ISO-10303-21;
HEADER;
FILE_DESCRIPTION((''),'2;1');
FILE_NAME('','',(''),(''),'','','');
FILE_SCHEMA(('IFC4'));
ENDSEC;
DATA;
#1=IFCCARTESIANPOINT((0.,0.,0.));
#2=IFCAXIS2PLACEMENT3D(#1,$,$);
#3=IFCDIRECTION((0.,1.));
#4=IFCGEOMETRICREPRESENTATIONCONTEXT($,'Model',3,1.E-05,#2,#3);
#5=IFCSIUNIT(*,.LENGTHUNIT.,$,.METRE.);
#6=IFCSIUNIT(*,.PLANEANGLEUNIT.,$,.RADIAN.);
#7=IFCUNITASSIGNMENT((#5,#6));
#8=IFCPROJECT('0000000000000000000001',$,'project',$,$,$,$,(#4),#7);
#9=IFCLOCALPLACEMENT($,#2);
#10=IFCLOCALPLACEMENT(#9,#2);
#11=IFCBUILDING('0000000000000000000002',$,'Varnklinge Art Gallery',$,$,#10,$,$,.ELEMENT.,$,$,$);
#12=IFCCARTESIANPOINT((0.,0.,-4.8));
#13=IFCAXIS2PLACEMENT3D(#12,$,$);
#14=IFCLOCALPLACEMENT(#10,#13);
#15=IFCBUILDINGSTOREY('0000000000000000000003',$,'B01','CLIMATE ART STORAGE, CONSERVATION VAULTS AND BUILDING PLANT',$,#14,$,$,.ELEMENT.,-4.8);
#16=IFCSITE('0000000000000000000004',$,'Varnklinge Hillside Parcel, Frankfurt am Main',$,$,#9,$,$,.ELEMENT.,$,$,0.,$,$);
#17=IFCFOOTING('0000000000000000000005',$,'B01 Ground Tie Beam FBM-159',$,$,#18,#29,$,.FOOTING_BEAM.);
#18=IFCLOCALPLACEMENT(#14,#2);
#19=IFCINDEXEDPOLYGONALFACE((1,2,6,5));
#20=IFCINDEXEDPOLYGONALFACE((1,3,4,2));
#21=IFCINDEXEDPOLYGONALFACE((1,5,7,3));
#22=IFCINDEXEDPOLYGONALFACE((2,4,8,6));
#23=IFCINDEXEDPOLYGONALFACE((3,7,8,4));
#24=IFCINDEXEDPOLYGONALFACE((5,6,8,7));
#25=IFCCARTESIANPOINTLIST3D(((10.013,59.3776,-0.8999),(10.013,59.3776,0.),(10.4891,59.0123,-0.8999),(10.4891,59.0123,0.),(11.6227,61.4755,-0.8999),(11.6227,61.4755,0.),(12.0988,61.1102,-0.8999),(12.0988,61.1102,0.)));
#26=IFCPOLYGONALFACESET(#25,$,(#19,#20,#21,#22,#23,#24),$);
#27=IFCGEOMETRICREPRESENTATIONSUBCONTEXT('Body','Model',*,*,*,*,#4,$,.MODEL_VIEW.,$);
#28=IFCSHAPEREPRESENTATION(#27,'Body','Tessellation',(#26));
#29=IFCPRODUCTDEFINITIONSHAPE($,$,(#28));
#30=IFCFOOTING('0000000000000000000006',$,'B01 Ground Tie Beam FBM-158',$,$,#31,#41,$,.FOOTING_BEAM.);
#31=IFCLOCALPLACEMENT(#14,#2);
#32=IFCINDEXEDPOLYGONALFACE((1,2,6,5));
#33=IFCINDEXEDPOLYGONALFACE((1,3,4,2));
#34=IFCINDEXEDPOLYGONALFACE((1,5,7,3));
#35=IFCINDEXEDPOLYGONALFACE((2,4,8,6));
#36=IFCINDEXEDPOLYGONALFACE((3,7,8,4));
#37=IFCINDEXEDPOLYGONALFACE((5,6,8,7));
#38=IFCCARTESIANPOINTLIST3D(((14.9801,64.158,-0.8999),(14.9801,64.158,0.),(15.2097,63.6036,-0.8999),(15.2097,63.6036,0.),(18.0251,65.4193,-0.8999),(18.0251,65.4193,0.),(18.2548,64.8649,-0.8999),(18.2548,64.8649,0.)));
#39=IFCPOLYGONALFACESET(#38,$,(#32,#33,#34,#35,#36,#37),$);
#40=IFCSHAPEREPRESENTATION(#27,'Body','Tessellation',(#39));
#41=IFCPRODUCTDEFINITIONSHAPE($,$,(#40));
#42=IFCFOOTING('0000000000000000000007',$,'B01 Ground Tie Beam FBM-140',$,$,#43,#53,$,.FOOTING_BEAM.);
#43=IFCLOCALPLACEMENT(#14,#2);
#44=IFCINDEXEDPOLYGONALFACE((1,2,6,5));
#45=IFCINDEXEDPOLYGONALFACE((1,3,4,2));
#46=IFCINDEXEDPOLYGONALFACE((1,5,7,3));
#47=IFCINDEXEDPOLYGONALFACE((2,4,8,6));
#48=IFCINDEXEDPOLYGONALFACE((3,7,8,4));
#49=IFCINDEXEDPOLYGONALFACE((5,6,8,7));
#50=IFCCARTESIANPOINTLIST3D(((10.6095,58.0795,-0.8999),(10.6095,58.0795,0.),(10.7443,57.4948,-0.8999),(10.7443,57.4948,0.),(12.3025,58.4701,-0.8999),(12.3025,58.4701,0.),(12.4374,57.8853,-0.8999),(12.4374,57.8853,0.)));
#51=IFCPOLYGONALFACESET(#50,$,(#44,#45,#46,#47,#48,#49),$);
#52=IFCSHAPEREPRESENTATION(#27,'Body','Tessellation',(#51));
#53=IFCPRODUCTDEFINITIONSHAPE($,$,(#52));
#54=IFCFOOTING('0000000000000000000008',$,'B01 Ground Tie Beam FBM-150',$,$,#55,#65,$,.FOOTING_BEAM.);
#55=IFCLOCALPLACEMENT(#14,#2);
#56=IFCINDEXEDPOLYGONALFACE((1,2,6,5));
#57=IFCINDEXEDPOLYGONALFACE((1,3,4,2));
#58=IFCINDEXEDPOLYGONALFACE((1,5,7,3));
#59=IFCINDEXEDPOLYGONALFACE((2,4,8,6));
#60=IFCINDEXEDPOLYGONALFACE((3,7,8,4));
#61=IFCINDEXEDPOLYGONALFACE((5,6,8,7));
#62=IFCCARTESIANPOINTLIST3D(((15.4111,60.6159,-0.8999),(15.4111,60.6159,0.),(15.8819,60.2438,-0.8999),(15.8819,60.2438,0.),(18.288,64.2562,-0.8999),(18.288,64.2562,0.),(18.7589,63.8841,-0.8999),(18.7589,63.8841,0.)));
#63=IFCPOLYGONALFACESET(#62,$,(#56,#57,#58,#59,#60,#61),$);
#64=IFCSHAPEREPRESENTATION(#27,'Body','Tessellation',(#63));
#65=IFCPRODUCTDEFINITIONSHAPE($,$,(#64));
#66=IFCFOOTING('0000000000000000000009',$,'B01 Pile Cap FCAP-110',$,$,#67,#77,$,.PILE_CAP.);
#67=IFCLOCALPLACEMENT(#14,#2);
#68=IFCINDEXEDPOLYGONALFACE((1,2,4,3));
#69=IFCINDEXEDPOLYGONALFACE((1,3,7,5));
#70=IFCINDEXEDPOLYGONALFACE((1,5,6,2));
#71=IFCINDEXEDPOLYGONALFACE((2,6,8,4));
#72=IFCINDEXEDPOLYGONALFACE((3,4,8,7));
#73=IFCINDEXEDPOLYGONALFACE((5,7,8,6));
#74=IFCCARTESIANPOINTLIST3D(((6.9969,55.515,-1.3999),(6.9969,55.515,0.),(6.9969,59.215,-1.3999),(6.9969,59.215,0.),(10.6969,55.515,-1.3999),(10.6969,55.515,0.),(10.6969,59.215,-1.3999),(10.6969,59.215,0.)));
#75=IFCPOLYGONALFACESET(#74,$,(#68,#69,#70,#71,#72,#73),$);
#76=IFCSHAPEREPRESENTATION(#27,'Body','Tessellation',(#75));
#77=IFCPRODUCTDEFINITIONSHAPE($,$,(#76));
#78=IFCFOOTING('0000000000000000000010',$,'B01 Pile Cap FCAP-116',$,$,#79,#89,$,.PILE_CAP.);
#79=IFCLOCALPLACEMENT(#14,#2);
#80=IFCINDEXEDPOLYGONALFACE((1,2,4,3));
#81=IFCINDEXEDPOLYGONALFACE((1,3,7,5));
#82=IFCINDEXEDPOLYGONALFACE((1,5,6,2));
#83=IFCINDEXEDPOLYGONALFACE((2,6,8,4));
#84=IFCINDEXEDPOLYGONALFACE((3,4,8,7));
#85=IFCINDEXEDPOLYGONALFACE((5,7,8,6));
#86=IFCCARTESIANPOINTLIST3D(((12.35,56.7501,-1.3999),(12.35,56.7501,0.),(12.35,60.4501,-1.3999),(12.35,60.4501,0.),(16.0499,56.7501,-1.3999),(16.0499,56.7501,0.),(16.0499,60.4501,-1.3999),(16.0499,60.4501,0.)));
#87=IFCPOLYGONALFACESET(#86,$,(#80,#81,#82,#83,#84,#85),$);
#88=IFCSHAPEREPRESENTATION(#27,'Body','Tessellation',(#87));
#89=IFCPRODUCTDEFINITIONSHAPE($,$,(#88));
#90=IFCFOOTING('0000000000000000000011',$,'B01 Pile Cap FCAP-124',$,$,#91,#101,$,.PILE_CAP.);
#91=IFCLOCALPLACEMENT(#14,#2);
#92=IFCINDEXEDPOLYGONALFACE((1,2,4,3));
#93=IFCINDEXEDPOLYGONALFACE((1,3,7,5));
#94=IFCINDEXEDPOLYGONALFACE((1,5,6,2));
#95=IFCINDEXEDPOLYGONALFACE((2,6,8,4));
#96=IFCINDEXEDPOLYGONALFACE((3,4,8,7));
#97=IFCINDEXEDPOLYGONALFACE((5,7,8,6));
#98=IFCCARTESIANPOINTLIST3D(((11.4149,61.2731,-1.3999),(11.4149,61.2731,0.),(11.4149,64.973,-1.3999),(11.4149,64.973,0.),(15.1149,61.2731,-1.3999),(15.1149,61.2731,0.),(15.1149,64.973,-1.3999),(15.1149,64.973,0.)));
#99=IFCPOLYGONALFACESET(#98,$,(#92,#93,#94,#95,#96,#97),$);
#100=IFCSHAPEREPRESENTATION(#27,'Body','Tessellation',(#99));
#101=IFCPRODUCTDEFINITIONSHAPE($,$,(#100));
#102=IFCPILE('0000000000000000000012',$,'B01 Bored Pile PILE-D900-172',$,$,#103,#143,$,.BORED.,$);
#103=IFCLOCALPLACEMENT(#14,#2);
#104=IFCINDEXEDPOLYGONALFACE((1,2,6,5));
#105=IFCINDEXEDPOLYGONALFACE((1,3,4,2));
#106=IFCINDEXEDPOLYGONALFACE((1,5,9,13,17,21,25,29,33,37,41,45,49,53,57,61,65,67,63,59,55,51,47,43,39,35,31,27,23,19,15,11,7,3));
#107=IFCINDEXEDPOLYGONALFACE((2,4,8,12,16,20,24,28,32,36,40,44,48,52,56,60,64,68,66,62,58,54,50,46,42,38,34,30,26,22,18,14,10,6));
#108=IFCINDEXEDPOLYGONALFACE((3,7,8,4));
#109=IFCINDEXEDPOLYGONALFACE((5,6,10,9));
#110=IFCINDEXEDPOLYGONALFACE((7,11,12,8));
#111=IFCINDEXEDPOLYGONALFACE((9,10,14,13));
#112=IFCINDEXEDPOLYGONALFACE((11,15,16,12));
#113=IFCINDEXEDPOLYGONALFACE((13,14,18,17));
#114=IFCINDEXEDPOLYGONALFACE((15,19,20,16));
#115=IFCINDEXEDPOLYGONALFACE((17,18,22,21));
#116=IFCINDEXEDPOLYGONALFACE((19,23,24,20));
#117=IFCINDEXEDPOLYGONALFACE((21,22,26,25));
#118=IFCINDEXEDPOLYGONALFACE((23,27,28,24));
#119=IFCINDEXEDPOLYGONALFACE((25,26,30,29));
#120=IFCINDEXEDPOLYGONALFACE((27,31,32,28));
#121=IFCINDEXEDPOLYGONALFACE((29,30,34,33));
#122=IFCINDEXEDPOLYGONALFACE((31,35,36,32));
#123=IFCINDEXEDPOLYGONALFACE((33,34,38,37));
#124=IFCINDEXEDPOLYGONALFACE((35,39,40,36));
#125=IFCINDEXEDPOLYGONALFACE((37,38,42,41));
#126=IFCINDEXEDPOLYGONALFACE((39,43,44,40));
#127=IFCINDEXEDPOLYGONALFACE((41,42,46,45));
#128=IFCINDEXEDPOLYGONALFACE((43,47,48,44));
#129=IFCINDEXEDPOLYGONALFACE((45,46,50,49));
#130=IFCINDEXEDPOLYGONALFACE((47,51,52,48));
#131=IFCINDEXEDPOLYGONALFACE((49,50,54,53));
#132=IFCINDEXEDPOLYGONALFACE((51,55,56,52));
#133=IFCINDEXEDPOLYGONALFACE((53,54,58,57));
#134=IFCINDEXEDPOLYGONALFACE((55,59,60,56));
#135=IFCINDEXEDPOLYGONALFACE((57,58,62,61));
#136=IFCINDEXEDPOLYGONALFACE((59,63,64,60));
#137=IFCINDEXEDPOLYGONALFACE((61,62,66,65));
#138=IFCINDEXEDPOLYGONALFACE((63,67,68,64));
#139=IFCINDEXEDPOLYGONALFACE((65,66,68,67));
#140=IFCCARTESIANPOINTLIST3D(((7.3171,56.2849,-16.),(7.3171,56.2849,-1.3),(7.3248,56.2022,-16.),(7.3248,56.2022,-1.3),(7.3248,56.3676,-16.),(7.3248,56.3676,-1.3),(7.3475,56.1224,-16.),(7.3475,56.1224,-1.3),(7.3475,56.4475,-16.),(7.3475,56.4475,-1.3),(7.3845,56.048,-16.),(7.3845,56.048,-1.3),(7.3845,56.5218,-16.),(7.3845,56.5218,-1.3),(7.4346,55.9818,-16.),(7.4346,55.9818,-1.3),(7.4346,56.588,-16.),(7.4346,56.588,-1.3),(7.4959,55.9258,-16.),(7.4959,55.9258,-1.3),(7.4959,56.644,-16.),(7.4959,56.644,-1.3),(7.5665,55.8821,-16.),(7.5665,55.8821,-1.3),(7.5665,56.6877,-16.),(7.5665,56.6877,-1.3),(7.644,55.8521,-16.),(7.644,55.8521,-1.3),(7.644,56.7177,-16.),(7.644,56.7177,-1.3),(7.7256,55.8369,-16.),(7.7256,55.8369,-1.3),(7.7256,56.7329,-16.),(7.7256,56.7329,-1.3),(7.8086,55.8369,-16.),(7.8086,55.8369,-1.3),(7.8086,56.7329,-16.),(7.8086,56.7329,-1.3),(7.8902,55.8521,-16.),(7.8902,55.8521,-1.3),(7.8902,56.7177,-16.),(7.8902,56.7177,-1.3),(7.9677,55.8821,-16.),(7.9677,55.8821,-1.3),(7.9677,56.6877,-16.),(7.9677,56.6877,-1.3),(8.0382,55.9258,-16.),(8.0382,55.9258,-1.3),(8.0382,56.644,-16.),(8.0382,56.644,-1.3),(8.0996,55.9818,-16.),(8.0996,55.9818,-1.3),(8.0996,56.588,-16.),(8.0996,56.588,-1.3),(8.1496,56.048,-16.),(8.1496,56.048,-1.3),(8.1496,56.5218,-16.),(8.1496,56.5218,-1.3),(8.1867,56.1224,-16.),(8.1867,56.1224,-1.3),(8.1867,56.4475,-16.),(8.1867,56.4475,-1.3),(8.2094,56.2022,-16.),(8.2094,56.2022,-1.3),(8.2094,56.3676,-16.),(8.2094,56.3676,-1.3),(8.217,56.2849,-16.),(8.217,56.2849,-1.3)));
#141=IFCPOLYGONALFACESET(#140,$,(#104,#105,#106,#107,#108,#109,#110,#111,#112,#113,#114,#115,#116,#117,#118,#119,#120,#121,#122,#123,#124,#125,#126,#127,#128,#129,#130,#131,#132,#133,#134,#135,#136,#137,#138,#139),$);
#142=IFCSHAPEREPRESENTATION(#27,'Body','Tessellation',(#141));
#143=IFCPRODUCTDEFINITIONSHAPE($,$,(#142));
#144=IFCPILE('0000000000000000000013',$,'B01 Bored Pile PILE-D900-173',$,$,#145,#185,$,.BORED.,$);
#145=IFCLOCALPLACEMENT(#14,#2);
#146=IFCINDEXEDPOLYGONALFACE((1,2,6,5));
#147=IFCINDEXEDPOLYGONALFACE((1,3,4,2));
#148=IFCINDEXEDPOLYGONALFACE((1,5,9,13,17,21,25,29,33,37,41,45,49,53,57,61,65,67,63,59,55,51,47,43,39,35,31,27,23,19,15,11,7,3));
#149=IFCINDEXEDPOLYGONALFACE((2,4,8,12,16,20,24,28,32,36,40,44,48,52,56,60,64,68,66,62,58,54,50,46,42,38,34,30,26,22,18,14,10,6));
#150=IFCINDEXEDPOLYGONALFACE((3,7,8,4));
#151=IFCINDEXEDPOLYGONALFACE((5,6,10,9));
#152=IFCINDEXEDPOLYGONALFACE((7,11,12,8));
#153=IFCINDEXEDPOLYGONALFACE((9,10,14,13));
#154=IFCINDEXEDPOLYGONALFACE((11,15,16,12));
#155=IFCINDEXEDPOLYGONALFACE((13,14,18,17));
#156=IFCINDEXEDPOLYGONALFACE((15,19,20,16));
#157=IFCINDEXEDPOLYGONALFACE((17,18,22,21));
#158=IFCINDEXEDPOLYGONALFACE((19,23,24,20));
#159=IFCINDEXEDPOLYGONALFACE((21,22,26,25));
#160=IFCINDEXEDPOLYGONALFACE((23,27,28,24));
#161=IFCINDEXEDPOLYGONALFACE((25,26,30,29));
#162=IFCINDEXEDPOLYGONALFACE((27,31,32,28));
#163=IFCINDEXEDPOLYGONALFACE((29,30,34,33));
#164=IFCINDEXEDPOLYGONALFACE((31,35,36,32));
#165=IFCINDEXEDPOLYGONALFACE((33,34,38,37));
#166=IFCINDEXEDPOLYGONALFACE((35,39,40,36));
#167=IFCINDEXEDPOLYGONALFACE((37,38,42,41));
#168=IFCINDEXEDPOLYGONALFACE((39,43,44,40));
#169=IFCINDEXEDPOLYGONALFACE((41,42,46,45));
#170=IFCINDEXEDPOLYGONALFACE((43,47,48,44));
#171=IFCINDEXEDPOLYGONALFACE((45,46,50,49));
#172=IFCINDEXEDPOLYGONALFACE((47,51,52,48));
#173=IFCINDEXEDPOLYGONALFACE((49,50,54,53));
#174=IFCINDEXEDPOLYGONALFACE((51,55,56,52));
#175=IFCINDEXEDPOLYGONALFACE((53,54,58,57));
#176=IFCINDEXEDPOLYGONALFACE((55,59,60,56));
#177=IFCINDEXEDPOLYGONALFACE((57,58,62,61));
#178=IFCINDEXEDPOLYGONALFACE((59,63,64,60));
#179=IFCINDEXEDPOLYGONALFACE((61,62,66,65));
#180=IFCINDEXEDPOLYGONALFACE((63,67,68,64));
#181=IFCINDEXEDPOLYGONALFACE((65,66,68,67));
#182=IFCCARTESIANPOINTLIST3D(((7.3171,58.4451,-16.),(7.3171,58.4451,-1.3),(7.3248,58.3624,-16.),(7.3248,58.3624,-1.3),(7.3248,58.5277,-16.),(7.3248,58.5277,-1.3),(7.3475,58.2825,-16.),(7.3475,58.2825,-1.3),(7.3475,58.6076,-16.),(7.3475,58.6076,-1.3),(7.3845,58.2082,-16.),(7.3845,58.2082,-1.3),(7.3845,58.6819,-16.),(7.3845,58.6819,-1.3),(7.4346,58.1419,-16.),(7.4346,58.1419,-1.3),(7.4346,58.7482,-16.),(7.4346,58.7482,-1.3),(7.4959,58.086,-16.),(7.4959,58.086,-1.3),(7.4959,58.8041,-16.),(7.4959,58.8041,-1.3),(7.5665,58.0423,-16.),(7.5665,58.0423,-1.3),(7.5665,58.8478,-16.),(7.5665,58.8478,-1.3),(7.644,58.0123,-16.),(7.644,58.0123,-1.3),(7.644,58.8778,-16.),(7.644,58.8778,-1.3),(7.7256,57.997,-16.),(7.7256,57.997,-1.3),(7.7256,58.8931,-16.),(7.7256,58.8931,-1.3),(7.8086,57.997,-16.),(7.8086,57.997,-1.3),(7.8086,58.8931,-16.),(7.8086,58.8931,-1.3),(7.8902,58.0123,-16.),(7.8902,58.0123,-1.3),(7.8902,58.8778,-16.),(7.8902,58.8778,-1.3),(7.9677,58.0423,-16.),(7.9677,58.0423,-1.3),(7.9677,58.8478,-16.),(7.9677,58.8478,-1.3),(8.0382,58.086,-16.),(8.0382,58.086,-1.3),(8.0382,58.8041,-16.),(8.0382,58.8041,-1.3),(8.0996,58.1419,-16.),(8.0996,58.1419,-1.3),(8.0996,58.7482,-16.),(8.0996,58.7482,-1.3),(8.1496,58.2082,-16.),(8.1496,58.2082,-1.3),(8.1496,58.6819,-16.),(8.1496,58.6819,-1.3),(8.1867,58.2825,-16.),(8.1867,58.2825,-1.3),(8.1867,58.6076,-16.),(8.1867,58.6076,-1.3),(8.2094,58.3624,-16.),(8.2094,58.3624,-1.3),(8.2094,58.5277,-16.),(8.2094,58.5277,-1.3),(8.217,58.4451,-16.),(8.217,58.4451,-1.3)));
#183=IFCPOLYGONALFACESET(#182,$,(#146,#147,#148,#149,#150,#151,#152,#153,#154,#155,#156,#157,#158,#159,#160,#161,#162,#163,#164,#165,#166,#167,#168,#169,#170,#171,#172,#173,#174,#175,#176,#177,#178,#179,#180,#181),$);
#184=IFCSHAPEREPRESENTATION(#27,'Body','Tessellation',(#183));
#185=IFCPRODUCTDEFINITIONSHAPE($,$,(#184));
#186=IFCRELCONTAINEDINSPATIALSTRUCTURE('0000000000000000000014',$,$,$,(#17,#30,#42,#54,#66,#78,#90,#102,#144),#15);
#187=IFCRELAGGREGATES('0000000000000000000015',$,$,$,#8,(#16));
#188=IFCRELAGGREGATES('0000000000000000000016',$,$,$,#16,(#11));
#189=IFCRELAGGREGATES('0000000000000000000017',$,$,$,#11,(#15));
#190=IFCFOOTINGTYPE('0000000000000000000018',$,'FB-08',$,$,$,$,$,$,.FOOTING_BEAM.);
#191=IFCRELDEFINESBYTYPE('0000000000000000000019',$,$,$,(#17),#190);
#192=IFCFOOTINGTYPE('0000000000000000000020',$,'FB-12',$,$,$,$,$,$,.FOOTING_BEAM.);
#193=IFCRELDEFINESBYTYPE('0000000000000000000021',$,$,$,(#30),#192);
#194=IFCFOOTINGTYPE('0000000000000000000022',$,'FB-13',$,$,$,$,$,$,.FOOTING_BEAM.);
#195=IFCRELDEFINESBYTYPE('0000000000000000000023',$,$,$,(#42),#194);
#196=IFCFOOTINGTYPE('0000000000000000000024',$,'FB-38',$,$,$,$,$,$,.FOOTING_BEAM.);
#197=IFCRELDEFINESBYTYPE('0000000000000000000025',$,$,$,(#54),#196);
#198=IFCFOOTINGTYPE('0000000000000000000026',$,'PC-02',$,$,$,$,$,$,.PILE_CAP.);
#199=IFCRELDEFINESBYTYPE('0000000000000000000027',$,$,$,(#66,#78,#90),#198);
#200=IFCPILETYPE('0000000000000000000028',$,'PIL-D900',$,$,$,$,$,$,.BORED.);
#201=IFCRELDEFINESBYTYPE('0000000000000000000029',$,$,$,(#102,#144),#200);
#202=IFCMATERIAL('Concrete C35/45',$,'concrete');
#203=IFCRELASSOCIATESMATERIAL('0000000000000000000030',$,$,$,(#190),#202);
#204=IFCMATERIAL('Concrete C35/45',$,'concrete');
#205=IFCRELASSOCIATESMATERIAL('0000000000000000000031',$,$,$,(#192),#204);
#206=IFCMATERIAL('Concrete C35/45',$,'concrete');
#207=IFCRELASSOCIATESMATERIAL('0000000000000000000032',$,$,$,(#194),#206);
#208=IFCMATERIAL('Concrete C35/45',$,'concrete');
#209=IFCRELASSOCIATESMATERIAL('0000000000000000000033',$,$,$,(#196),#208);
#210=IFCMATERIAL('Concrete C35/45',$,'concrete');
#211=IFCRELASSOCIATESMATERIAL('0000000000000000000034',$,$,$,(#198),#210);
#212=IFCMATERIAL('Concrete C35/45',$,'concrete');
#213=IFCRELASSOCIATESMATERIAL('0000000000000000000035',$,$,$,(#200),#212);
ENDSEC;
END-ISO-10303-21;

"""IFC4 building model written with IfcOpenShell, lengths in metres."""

from ifc_helpers import new_model, si_unit, direction, frame, origin, origin_2d, place, context, subcontext, project, spatial, rectangle, circle, extrude, material, material_profile, profile_set, type_object, element, save


model = new_model("IFC4")

# Units and contexts
model_context = context("Model", 3, precision=1e-05, world=origin(), true_north=direction((0.0, 1.0)))
body_context = subcontext(model_context, "Body", "Model", "MODEL_VIEW")
ifc_project = project(units=[si_unit("LENGTHUNIT", "METRE"), si_unit("PLANEANGLEUNIT", "RADIAN")], contexts=[model_context])

# Site, building, storey
site_placement = place(None, origin())
site = spatial("IfcSite", under=ifc_project, at=site_placement, Name="Varnklinge Hillside Parcel, Frankfurt am Main", CompositionType="ELEMENT", RefElevation=0.0)
building_placement = place(site_placement, origin())
building = spatial("IfcBuilding", under=site, at=building_placement, Name="Varnklinge Art Gallery", CompositionType="ELEMENT")
storey_placement = place(building_placement, frame((0.0, 0.0, -4.8)))
storey = spatial("IfcBuildingStorey", under=building, at=storey_placement, Name="B01", Description="CLIMATE ART STORAGE, CONSERVATION VAULTS AND BUILDING PLANT", CompositionType="ELEMENT", Elevation=-4.8)

# Footings
ifc_material_1 = material(Name="Concrete C35/45", Category="concrete")
footing_type_1 = type_object("IfcFootingType", Name="FB-08", PredefinedType="FOOTING_BEAM", material=ifc_material_1)
footing_1_placement = place(storey_placement, frame((11.0559, 60.2439, -0.8999), z_axis=(0.0, 0.0, 1.0), x_axis=(-0.608761, -0.793353, 0.0)))
element("IfcFooting", 1, at=footing_1_placement, inside=storey, type_object=footing_type_1, Name="B01 Ground Tie Beam FBM-159", PredefinedType="FOOTING_BEAM", context=body_context, shape_type="SweptSolid", body=[
    extrude(rectangle(XDim=2.6443, YDim=0.6001, at=origin_2d()), origin(), (0.0, 0.0, 1.0), 0.8999),
])
ifc_material_2 = material(Name="Concrete C35/45", Category="concrete")
footing_type_2 = type_object("IfcFootingType", Name="FB-12", PredefinedType="FOOTING_BEAM", material=ifc_material_2)
footing_2_placement = place(storey_placement, frame((16.6174, 64.5115, -0.8999), z_axis=(0.0, 0.0, 1.0), x_axis=(0.92388, 0.382683, 0.0)))
element("IfcFooting", 2, at=footing_2_placement, inside=storey, type_object=footing_type_2, Name="B01 Ground Tie Beam FBM-158", PredefinedType="FOOTING_BEAM", context=body_context, shape_type="SweptSolid", body=[
    extrude(rectangle(XDim=3.2959, YDim=0.6001, at=origin_2d()), origin(), (0.0, 0.0, 1.0), 0.8999),
])
ifc_material_3 = material(Name="Concrete C35/45", Category="concrete")
footing_type_3 = type_object("IfcFootingType", Name="FB-13", PredefinedType="FOOTING_BEAM", material=ifc_material_3)
footing_3_placement = place(storey_placement, frame((11.5234, 57.9824, -0.8999), z_axis=(0.0, 0.0, 1.0), x_axis=(0.974409, 0.224781, 0.0)))
element("IfcFooting", 3, at=footing_3_placement, inside=storey, type_object=footing_type_3, Name="B01 Ground Tie Beam FBM-140", PredefinedType="FOOTING_BEAM", context=body_context, shape_type="SweptSolid", body=[
    extrude(rectangle(XDim=1.7375, YDim=0.6001, at=origin_2d()), origin(), (0.0, 0.0, 1.0), 0.8999),
])
ifc_material_4 = material(Name="Concrete C35/45", Category="concrete")
footing_type_4 = type_object("IfcFootingType", Name="FB-38", PredefinedType="FOOTING_BEAM", material=ifc_material_4)
footing_4_placement = place(storey_placement, frame((17.085, 62.25, -0.8999), z_axis=(0.0, 0.0, 1.0), x_axis=(0.620053, 0.78456, 0.0)))
element("IfcFooting", 4, at=footing_4_placement, inside=storey, type_object=footing_type_4, Name="B01 Ground Tie Beam FBM-150", PredefinedType="FOOTING_BEAM", context=body_context, shape_type="SweptSolid", body=[
    extrude(rectangle(XDim=4.6399, YDim=0.6001, at=origin_2d()), origin(), (0.0, 0.0, 1.0), 0.8999),
])
ifc_material_5 = material(Name="Concrete C35/45", Category="concrete")
footing_type_5 = type_object("IfcFootingType", Name="PC-02", PredefinedType="PILE_CAP", material=ifc_material_5)
for number, where, z_axis, x_axis, name in (
    (5, (8.8469, 57.365, -1.3999), (0.0, 0.0, 1.0), (1.0, 0.0, 0.0), "B01 Pile Cap FCAP-110"),
    (6, (14.2, 58.6001, -1.3999), (0.0, 0.0, 1.0), (1.0, 0.0, 0.0), "B01 Pile Cap FCAP-116"),
    (7, (13.2649, 63.123, -1.3999), (0.0, 0.0, 1.0), (1.0, 0.0, 0.0), "B01 Pile Cap FCAP-124"),
):
    element("IfcFooting", number, at=place(storey_placement, frame(where, z_axis=z_axis, x_axis=x_axis)), inside=storey, type_object=footing_type_5, Name=name, PredefinedType="PILE_CAP", context=body_context, shape_type="SweptSolid", body=[
        extrude(rectangle(XDim=3.7, YDim=3.7, at=origin_2d()), origin(), (0.0, 0.0, 1.0), 1.3999),
    ])

# Piles
ifc_material_6 = material(Name="Concrete C35/45", Category="concrete")
ifc_material_profile_1 = material_profile(ifc_material_6, circle(Radius=0.45, at=origin_2d()), Name="PILE D900")
ifc_profile_set_1 = profile_set([ifc_material_profile_1], Name="Concrete C35/45")
pile_type = type_object("IfcPileType", Name="PIL-D900", PredefinedType="BORED", material=ifc_profile_set_1)
for number, where, z_axis, x_axis, name in (
    (8, (7.7671, 56.2849, -1.3), (0.0, 0.0, -1.0), (1.0, 0.0, 0.0), "B01 Bored Pile PILE-D900-172"),
    (9, (7.7671, 58.4451, -1.3), (0.0, 0.0, -1.0), (1.0, 0.0, 0.0), "B01 Bored Pile PILE-D900-173"),
):
    element("IfcPile", number, at=place(storey_placement, frame(where, z_axis=z_axis, x_axis=x_axis)), inside=storey, type_object=pile_type, Name=name, PredefinedType="BORED", context=body_context, shape_type="SweptSolid", body=[
        extrude(circle(Radius=0.45, at=origin_2d()), origin(), (0.0, 0.0, 1.0), 14.7),
    ])

save(model, "model.ifc")
